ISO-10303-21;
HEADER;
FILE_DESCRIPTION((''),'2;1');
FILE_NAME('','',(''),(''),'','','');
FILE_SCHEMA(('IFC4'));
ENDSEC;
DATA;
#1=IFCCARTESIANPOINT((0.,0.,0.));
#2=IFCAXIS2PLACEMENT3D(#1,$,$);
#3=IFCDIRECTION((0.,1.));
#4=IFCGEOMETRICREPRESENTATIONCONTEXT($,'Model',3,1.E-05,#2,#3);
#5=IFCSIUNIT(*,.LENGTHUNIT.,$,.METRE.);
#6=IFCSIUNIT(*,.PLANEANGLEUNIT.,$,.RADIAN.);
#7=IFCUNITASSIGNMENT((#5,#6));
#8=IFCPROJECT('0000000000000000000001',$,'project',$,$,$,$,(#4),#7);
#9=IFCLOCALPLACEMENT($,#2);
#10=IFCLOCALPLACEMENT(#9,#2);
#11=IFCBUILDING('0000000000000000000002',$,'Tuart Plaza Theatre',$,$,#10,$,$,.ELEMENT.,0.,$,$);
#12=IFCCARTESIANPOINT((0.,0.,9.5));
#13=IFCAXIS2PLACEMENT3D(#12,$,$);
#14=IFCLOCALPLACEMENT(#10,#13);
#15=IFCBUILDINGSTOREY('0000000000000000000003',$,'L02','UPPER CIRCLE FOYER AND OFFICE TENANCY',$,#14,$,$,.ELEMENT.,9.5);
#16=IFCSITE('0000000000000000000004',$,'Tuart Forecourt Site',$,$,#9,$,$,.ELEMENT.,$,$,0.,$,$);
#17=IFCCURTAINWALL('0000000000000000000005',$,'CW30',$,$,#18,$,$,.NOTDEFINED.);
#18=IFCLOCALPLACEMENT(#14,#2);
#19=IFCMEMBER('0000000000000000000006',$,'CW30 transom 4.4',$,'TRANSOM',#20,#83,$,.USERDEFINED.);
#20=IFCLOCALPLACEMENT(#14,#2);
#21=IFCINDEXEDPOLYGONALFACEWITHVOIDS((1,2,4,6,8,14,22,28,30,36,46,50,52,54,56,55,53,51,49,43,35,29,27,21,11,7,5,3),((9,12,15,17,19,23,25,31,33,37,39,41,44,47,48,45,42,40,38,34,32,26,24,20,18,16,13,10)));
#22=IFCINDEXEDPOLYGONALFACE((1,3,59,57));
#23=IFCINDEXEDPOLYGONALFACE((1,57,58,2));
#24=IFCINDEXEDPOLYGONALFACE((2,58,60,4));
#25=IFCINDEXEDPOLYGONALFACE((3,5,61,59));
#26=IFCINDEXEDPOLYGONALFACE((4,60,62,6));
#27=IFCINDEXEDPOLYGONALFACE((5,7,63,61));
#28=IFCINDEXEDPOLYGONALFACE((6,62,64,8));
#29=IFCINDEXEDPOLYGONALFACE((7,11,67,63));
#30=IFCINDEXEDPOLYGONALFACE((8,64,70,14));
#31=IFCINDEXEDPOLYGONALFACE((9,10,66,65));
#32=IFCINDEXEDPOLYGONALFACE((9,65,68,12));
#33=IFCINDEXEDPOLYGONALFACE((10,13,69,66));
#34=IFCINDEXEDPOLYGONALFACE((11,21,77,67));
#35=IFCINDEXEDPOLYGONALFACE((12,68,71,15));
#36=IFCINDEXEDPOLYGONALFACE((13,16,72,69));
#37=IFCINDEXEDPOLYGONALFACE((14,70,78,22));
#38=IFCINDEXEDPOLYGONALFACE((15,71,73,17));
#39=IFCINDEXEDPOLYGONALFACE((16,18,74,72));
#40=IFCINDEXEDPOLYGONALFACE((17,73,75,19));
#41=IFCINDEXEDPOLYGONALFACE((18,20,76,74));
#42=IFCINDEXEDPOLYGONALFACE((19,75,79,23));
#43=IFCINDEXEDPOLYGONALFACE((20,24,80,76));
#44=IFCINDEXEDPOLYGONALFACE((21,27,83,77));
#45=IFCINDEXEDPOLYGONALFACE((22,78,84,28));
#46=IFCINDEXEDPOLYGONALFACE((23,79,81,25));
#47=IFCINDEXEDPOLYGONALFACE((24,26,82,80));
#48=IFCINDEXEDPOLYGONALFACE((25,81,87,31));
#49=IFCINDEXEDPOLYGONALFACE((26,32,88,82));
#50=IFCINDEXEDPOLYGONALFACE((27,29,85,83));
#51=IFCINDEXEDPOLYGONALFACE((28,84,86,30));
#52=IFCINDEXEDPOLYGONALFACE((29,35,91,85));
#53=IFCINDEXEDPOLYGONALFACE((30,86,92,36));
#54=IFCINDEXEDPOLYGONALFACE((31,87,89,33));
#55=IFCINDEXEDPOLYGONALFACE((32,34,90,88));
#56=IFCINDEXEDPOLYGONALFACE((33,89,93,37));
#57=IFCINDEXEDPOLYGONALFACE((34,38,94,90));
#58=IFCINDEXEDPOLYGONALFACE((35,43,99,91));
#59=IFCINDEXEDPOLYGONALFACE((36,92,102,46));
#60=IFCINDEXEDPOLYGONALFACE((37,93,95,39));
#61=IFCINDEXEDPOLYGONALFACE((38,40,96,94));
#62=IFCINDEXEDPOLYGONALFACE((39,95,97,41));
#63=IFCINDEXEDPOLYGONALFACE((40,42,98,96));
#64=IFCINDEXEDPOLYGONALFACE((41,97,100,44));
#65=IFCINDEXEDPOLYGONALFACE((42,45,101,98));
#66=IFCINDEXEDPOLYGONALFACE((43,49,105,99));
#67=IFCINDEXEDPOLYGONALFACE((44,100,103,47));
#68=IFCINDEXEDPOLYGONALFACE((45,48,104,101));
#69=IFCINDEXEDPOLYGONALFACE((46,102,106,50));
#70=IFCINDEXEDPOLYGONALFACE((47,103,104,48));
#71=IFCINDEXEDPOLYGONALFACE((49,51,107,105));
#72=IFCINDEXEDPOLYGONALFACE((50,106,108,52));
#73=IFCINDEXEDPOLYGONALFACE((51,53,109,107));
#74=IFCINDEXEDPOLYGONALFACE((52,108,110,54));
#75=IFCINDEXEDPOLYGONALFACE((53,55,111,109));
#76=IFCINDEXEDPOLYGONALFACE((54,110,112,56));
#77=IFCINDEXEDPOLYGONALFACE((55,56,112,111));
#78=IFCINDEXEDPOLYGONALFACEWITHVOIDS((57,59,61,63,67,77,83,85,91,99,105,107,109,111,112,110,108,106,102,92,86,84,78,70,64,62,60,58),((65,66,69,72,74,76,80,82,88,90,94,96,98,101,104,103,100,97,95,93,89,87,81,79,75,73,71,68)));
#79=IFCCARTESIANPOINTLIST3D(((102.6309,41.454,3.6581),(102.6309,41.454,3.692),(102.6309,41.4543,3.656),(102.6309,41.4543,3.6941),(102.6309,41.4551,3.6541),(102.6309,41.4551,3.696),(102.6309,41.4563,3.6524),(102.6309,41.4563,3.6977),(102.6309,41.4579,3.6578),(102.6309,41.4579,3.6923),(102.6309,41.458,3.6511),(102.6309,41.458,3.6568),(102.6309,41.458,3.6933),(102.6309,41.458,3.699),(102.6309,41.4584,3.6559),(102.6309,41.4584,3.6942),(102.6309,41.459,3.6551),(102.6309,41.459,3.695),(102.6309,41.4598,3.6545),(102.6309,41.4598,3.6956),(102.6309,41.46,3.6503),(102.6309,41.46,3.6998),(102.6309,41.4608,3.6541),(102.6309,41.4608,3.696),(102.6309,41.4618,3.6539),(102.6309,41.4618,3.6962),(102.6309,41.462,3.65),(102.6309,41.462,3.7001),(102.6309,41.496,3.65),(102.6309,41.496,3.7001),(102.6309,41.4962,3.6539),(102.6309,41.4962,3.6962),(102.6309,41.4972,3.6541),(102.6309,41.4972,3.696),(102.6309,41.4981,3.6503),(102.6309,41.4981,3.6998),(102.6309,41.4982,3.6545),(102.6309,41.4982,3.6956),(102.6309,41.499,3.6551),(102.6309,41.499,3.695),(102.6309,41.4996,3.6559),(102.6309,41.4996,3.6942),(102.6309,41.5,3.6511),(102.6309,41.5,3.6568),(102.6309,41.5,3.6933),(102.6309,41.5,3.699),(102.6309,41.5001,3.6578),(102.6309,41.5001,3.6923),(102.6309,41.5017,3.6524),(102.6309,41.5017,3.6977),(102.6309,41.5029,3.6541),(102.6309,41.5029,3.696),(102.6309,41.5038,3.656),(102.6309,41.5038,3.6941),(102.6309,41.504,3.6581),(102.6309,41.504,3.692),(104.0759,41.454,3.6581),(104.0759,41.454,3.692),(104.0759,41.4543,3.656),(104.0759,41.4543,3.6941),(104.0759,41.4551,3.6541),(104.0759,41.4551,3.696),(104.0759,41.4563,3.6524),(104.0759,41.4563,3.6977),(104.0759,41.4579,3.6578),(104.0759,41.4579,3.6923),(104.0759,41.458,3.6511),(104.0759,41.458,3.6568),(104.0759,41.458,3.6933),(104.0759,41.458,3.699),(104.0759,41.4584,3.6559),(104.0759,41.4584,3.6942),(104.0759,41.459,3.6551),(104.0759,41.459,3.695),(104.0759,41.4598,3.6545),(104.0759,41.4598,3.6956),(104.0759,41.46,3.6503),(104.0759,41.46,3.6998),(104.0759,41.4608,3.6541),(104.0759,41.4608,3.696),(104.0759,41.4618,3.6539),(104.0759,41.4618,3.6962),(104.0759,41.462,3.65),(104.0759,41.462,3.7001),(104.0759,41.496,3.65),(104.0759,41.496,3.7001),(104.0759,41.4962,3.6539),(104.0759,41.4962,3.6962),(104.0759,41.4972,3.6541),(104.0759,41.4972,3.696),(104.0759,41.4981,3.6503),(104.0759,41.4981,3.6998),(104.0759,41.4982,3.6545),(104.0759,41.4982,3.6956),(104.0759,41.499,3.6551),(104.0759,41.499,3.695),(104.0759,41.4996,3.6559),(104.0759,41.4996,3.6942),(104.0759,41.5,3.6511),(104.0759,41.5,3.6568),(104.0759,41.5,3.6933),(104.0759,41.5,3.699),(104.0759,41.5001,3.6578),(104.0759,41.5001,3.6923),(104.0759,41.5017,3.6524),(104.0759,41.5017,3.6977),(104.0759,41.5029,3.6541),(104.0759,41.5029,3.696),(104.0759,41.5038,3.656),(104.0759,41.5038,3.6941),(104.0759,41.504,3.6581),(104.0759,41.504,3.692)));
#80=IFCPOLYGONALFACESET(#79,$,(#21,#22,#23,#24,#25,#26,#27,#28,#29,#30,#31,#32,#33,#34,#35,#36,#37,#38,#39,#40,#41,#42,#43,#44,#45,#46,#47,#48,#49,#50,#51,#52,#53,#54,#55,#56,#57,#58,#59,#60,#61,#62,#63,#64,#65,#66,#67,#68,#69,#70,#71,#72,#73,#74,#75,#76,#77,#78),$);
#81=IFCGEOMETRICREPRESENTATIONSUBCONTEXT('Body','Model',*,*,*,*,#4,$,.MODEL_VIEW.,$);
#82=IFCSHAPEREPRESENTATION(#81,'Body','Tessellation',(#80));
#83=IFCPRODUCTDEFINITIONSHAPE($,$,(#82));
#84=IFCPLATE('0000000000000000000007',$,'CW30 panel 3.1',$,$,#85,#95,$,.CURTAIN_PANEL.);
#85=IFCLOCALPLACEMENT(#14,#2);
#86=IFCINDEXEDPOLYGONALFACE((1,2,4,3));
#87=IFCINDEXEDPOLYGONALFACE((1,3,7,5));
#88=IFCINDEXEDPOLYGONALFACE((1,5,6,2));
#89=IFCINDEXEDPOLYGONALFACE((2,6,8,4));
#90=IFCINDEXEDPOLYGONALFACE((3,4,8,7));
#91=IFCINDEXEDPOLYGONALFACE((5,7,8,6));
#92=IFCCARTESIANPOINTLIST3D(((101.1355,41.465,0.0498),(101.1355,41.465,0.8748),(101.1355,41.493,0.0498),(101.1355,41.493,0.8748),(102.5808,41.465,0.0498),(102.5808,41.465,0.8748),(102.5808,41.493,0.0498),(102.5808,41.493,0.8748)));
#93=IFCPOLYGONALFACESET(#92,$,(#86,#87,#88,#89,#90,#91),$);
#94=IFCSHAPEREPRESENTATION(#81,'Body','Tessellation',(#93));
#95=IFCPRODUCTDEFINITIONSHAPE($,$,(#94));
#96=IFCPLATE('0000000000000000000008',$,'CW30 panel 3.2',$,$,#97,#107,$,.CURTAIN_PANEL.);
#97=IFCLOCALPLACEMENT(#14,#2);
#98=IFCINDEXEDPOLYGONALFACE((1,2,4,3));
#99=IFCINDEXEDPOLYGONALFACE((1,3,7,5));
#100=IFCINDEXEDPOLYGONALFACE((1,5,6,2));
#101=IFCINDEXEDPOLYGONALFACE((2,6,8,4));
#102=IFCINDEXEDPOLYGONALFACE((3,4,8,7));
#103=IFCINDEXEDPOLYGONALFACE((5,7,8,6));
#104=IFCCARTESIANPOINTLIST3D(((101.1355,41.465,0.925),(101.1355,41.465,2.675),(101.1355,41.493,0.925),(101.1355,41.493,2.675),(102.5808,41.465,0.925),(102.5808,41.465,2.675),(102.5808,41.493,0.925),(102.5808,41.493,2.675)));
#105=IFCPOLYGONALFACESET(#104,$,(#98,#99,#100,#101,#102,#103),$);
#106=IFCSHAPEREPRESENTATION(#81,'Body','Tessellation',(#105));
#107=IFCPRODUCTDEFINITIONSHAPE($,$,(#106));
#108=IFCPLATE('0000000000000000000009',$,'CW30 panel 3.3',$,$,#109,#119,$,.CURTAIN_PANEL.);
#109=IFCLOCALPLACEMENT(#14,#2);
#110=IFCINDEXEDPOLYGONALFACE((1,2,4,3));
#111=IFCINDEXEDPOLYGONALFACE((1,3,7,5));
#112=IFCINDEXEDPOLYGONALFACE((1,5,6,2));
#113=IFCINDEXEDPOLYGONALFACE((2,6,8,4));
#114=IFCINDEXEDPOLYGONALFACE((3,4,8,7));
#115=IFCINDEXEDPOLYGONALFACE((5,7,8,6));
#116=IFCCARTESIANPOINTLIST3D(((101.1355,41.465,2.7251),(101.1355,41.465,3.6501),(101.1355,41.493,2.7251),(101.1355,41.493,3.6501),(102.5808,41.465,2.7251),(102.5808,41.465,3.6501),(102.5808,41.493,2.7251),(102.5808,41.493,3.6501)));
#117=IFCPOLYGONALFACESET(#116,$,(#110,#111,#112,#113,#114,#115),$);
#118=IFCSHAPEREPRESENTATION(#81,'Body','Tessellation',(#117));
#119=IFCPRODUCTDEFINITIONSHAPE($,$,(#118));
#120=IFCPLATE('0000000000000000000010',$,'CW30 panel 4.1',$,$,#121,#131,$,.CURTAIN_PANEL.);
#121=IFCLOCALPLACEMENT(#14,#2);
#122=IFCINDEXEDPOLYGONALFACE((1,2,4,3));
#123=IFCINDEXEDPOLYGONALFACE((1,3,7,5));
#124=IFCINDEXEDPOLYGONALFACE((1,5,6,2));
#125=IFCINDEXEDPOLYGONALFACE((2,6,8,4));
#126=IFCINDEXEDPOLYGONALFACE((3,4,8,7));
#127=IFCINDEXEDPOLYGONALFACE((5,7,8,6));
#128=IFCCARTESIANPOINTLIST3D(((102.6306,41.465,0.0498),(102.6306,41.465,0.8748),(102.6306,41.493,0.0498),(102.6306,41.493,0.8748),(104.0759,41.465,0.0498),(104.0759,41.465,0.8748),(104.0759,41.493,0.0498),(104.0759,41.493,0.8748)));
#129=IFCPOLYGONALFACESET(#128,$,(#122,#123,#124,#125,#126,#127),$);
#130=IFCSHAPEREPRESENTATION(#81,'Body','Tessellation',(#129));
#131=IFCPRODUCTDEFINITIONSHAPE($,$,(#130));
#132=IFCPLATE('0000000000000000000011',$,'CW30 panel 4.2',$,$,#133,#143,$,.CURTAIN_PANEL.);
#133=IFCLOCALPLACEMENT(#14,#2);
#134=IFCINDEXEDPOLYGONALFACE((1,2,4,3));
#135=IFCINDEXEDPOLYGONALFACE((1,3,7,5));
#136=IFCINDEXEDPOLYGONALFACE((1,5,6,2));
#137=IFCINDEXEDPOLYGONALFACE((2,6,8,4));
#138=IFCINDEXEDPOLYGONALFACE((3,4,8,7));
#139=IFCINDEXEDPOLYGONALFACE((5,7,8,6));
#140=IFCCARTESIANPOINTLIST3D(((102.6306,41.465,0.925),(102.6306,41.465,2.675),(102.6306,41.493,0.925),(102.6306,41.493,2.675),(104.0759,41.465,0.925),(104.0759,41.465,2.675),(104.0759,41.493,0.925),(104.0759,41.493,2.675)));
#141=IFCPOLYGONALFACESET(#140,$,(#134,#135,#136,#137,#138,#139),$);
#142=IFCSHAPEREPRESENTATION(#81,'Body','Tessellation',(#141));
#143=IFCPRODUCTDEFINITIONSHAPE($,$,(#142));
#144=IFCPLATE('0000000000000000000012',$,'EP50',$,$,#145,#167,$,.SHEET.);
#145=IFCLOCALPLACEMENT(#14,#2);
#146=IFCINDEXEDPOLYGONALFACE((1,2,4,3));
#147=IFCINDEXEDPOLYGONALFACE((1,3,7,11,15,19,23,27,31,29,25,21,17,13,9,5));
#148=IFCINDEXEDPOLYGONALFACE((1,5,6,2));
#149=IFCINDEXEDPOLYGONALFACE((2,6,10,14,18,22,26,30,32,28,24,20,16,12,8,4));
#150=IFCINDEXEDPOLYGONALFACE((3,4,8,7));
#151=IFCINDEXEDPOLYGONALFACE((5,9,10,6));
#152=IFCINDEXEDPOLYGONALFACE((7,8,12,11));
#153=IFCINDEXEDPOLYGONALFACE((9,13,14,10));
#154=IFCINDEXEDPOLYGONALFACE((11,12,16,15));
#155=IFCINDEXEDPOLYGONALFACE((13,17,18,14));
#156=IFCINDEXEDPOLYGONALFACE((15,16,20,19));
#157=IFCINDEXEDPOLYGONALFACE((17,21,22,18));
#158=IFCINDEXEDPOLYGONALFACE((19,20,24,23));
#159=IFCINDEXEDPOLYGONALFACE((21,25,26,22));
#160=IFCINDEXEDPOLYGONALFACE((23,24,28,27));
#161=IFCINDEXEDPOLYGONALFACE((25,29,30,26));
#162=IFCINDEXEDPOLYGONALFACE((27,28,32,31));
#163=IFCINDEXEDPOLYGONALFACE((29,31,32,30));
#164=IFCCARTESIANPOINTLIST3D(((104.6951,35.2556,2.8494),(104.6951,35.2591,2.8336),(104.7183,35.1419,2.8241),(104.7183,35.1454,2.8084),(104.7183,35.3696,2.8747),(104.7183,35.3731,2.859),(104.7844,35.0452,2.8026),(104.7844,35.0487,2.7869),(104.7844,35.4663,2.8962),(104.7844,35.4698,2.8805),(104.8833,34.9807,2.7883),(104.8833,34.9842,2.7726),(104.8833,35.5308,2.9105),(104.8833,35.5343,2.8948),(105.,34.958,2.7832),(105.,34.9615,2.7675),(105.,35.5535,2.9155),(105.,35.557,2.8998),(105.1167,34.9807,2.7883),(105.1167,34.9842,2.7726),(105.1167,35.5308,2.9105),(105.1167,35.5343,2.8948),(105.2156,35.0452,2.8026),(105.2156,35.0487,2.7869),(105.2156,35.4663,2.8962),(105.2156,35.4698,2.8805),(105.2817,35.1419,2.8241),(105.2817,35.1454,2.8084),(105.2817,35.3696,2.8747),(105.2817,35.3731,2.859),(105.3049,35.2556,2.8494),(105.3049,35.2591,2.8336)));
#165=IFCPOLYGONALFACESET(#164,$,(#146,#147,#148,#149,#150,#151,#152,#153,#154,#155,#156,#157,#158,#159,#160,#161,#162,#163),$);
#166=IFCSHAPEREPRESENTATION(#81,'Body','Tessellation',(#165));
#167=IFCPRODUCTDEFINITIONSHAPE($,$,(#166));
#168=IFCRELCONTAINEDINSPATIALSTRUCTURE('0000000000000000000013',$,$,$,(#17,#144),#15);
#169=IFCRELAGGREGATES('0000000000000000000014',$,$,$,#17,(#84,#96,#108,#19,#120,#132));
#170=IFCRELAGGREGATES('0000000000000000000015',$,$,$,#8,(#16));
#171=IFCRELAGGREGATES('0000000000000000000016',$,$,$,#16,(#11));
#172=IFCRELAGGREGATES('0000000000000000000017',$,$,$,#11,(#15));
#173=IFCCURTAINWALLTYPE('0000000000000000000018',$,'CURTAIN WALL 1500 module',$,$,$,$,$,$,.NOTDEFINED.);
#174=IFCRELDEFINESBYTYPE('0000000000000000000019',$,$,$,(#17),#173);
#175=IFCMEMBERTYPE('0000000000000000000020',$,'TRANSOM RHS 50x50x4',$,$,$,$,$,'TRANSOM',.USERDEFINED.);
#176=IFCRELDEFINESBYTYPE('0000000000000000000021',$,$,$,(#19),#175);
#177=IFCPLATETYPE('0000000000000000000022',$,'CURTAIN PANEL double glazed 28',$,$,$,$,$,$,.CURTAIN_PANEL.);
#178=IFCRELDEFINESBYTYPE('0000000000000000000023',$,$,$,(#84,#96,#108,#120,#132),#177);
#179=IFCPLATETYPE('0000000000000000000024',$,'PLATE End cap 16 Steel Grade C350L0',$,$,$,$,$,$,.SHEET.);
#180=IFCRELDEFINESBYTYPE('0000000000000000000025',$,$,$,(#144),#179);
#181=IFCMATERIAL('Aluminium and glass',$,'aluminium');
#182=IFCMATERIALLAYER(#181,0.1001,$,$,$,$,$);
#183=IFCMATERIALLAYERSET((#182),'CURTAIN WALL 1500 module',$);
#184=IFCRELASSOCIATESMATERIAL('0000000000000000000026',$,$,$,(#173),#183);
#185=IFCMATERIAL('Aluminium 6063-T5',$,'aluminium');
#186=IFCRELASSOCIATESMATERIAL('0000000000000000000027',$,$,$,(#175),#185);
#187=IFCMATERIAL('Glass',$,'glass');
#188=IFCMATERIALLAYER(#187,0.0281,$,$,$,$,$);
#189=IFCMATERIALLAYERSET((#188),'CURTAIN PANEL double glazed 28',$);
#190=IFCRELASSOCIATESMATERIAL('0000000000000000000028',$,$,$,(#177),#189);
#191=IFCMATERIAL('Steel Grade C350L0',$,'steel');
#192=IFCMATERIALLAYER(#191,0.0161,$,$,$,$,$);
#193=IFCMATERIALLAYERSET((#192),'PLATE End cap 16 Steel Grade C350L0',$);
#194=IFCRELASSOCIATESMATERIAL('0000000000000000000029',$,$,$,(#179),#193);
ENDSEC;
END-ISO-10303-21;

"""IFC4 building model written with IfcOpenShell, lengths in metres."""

from ifc_helpers import new_model, si_unit, direction, frame, origin, origin_2d, place, context, subcontext, project, spatial, polyline, rectangle, hollow_rectangle, outline, extrude, material, layer, layer_set, material_profile, profile_set, type_object, element, aggregate, save


model = new_model("IFC4")

# Units and contexts
model_context = context("Model", 3, precision=1e-05, world=origin(), true_north=direction((0.0, 1.0)))
body_context = subcontext(model_context, "Body", "Model", "MODEL_VIEW")
ifc_project = project(units=[si_unit("LENGTHUNIT", "METRE"), si_unit("PLANEANGLEUNIT", "RADIAN")], contexts=[model_context])

# Site, building, storey
site_placement = place(None, origin())
site = spatial("IfcSite", under=ifc_project, at=site_placement, Name="Tuart Forecourt Site", CompositionType="ELEMENT", RefElevation=0.0)
building_placement = place(site_placement, origin())
building = spatial("IfcBuilding", under=site, at=building_placement, Name="Tuart Plaza Theatre", CompositionType="ELEMENT", ElevationOfRefHeight=0.0)
storey_placement = place(building_placement, frame((0.0, 0.0, 9.5)))
storey = spatial("IfcBuildingStorey", under=building, at=storey_placement, Name="L02", Description="UPPER CIRCLE FOYER AND OFFICE TENANCY", CompositionType="ELEMENT", Elevation=9.5)

# Curtain wall, member, plates
ifc_material_1 = material(Name="Aluminium and glass", Category="aluminium")
ifc_layer_1 = layer(ifc_material_1, 0.1001)
ifc_layer_set_1 = layer_set([ifc_layer_1], Name="CURTAIN WALL 1500 module")
curtain_wall_type = type_object("IfcCurtainWallType", Name="CURTAIN WALL 1500 module", PredefinedType="NOTDEFINED", material=ifc_layer_set_1)
curtain_wall_placement = place(storey_placement, origin())
curtain_wall = element("IfcCurtainWall", 1, at=curtain_wall_placement, inside=storey, type_object=curtain_wall_type, Name="CW30", PredefinedType="NOTDEFINED")
ifc_material_2 = material(Name="Aluminium 6063-T5", Category="aluminium")
ifc_material_profile_1 = material_profile(ifc_material_2, hollow_rectangle(XDim=0.05, YDim=0.05, WallThickness=0.0039, InnerFilletRadius=0.0039, OuterFilletRadius=0.0081, at=origin_2d()), Name="RHS 50x50x4")
ifc_profile_set_1 = profile_set([ifc_material_profile_1], Name="Aluminium 6063-T5")
member_type_1 = type_object("IfcMemberType", Name="TRANSOM RHS 50x50x4", ElementType="TRANSOM", PredefinedType="USERDEFINED", material=ifc_profile_set_1)
member_1_placement = place(storey_placement, frame((102.6309, 41.479, 3.675), z_axis=(1.0, 0.0, 0.0), x_axis=(0.0, 1.0, 0.0)))
member_1 = element("IfcMember", 2, at=member_1_placement, type_object=member_type_1, Name="CW30 transom 4.4", ObjectType="TRANSOM", PredefinedType="USERDEFINED", context=body_context, shape_type="SweptSolid", body=[
    extrude(hollow_rectangle(XDim=0.05, YDim=0.05, WallThickness=0.0039, InnerFilletRadius=0.0039, OuterFilletRadius=0.0081, at=origin_2d()), origin(), (0.0, 0.0, 1.0), 1.4451),
])
ifc_material_3 = material(Name="Glass", Category="glass")
ifc_layer_2 = layer(ifc_material_3, 0.0281)
ifc_layer_set_2 = layer_set([ifc_layer_2], Name="CURTAIN PANEL double glazed 28")
plate_type_1 = type_object("IfcPlateType", Name="CURTAIN PANEL double glazed 28", PredefinedType="CURTAIN_PANEL", material=ifc_layer_set_2)
plate_1_placement = place(storey_placement, frame((101.8582, 41.479, 0.0498), z_axis=(0.0, 0.0, 1.0), x_axis=(1.0, 0.0, 0.0)))
plate_1 = element("IfcPlate", 3, at=plate_1_placement, type_object=plate_type_1, Name="CW30 panel 3.1", PredefinedType="CURTAIN_PANEL", context=body_context, shape_type="SweptSolid", body=[
    extrude(rectangle(XDim=1.4453, YDim=0.0281, at=origin_2d()), origin(), (0.0, 0.0, 1.0), 0.825),
])
plate_2_placement = place(storey_placement, frame((101.8582, 41.479, 0.925), z_axis=(0.0, 0.0, 1.0), x_axis=(1.0, 0.0, 0.0)))
plate_2 = element("IfcPlate", 4, at=plate_2_placement, type_object=plate_type_1, Name="CW30 panel 3.2", PredefinedType="CURTAIN_PANEL", context=body_context, shape_type="SweptSolid", body=[
    extrude(rectangle(XDim=1.4453, YDim=0.0281, at=origin_2d()), origin(), (0.0, 0.0, 1.0), 1.75),
])
plate_3_placement = place(storey_placement, frame((101.8582, 41.479, 2.7251), z_axis=(0.0, 0.0, 1.0), x_axis=(1.0, 0.0, 0.0)))
plate_3 = element("IfcPlate", 5, at=plate_3_placement, type_object=plate_type_1, Name="CW30 panel 3.3", PredefinedType="CURTAIN_PANEL", context=body_context, shape_type="SweptSolid", body=[
    extrude(rectangle(XDim=1.4453, YDim=0.0281, at=origin_2d()), origin(), (0.0, 0.0, 1.0), 0.925),
])
plate_4_placement = place(storey_placement, frame((103.3533, 41.479, 0.0498), z_axis=(0.0, 0.0, 1.0), x_axis=(1.0, 0.0, 0.0)))
plate_4 = element("IfcPlate", 6, at=plate_4_placement, type_object=plate_type_1, Name="CW30 panel 4.1", PredefinedType="CURTAIN_PANEL", context=body_context, shape_type="SweptSolid", body=[
    extrude(rectangle(XDim=1.4453, YDim=0.0281, at=origin_2d()), origin(), (0.0, 0.0, 1.0), 0.825),
])
plate_5_placement = place(storey_placement, frame((103.3533, 41.479, 0.925), z_axis=(0.0, 0.0, 1.0), x_axis=(1.0, 0.0, 0.0)))
plate_5 = element("IfcPlate", 7, at=plate_5_placement, type_object=plate_type_1, Name="CW30 panel 4.2", PredefinedType="CURTAIN_PANEL", context=body_context, shape_type="SweptSolid", body=[
    extrude(rectangle(XDim=1.4453, YDim=0.0281, at=origin_2d()), origin(), (0.0, 0.0, 1.0), 1.75),
])
aggregate(curtain_wall, [plate_1, plate_2, plate_3, member_1, plate_4, plate_5])

# Plate
ifc_material_4 = material(Name="Steel Grade C350L0", Category="steel")
ifc_layer_3 = layer(ifc_material_4, 0.0161)
ifc_layer_set_3 = layer_set([ifc_layer_3], Name="PLATE End cap 16 Steel Grade C350L0")
plate_type_2 = type_object("IfcPlateType", Name="PLATE End cap 16 Steel Grade C350L0", PredefinedType="SHEET", material=ifc_layer_set_3)
plate_6_placement = place(storey_placement, frame((105.3049, 35.2556, 2.8494), z_axis=(0.0, -0.21692, 0.976189), x_axis=(-0.19476, 0.957496, 0.212766)))
element("IfcPlate", 8, at=plate_6_placement, inside=storey, type_object=plate_type_2, Name="EP50", PredefinedType="SHEET", context=body_context, shape_type="SweptSolid", body=[
    extrude(outline(polyline([(0.0, 0.0), (0.1191, 0.0), (0.2291, 0.0456), (0.3131, 0.1297), (0.3587, 0.2397), (0.3586, 0.3587), (0.3131, 0.4685), (0.2288, 0.5527), (0.1188, 0.5982), (0.0, 0.5981), (-0.1101, 0.5525), (-0.1941, 0.4684), (-0.2396, 0.3585), (-0.2395, 0.2395), (-0.194, 0.1296), (-0.1098, 0.0454), (0.0, 0.0)])), origin(), (0.0, 0.0, -1.0), 0.0161),
])

save(model, "model.ifc")
